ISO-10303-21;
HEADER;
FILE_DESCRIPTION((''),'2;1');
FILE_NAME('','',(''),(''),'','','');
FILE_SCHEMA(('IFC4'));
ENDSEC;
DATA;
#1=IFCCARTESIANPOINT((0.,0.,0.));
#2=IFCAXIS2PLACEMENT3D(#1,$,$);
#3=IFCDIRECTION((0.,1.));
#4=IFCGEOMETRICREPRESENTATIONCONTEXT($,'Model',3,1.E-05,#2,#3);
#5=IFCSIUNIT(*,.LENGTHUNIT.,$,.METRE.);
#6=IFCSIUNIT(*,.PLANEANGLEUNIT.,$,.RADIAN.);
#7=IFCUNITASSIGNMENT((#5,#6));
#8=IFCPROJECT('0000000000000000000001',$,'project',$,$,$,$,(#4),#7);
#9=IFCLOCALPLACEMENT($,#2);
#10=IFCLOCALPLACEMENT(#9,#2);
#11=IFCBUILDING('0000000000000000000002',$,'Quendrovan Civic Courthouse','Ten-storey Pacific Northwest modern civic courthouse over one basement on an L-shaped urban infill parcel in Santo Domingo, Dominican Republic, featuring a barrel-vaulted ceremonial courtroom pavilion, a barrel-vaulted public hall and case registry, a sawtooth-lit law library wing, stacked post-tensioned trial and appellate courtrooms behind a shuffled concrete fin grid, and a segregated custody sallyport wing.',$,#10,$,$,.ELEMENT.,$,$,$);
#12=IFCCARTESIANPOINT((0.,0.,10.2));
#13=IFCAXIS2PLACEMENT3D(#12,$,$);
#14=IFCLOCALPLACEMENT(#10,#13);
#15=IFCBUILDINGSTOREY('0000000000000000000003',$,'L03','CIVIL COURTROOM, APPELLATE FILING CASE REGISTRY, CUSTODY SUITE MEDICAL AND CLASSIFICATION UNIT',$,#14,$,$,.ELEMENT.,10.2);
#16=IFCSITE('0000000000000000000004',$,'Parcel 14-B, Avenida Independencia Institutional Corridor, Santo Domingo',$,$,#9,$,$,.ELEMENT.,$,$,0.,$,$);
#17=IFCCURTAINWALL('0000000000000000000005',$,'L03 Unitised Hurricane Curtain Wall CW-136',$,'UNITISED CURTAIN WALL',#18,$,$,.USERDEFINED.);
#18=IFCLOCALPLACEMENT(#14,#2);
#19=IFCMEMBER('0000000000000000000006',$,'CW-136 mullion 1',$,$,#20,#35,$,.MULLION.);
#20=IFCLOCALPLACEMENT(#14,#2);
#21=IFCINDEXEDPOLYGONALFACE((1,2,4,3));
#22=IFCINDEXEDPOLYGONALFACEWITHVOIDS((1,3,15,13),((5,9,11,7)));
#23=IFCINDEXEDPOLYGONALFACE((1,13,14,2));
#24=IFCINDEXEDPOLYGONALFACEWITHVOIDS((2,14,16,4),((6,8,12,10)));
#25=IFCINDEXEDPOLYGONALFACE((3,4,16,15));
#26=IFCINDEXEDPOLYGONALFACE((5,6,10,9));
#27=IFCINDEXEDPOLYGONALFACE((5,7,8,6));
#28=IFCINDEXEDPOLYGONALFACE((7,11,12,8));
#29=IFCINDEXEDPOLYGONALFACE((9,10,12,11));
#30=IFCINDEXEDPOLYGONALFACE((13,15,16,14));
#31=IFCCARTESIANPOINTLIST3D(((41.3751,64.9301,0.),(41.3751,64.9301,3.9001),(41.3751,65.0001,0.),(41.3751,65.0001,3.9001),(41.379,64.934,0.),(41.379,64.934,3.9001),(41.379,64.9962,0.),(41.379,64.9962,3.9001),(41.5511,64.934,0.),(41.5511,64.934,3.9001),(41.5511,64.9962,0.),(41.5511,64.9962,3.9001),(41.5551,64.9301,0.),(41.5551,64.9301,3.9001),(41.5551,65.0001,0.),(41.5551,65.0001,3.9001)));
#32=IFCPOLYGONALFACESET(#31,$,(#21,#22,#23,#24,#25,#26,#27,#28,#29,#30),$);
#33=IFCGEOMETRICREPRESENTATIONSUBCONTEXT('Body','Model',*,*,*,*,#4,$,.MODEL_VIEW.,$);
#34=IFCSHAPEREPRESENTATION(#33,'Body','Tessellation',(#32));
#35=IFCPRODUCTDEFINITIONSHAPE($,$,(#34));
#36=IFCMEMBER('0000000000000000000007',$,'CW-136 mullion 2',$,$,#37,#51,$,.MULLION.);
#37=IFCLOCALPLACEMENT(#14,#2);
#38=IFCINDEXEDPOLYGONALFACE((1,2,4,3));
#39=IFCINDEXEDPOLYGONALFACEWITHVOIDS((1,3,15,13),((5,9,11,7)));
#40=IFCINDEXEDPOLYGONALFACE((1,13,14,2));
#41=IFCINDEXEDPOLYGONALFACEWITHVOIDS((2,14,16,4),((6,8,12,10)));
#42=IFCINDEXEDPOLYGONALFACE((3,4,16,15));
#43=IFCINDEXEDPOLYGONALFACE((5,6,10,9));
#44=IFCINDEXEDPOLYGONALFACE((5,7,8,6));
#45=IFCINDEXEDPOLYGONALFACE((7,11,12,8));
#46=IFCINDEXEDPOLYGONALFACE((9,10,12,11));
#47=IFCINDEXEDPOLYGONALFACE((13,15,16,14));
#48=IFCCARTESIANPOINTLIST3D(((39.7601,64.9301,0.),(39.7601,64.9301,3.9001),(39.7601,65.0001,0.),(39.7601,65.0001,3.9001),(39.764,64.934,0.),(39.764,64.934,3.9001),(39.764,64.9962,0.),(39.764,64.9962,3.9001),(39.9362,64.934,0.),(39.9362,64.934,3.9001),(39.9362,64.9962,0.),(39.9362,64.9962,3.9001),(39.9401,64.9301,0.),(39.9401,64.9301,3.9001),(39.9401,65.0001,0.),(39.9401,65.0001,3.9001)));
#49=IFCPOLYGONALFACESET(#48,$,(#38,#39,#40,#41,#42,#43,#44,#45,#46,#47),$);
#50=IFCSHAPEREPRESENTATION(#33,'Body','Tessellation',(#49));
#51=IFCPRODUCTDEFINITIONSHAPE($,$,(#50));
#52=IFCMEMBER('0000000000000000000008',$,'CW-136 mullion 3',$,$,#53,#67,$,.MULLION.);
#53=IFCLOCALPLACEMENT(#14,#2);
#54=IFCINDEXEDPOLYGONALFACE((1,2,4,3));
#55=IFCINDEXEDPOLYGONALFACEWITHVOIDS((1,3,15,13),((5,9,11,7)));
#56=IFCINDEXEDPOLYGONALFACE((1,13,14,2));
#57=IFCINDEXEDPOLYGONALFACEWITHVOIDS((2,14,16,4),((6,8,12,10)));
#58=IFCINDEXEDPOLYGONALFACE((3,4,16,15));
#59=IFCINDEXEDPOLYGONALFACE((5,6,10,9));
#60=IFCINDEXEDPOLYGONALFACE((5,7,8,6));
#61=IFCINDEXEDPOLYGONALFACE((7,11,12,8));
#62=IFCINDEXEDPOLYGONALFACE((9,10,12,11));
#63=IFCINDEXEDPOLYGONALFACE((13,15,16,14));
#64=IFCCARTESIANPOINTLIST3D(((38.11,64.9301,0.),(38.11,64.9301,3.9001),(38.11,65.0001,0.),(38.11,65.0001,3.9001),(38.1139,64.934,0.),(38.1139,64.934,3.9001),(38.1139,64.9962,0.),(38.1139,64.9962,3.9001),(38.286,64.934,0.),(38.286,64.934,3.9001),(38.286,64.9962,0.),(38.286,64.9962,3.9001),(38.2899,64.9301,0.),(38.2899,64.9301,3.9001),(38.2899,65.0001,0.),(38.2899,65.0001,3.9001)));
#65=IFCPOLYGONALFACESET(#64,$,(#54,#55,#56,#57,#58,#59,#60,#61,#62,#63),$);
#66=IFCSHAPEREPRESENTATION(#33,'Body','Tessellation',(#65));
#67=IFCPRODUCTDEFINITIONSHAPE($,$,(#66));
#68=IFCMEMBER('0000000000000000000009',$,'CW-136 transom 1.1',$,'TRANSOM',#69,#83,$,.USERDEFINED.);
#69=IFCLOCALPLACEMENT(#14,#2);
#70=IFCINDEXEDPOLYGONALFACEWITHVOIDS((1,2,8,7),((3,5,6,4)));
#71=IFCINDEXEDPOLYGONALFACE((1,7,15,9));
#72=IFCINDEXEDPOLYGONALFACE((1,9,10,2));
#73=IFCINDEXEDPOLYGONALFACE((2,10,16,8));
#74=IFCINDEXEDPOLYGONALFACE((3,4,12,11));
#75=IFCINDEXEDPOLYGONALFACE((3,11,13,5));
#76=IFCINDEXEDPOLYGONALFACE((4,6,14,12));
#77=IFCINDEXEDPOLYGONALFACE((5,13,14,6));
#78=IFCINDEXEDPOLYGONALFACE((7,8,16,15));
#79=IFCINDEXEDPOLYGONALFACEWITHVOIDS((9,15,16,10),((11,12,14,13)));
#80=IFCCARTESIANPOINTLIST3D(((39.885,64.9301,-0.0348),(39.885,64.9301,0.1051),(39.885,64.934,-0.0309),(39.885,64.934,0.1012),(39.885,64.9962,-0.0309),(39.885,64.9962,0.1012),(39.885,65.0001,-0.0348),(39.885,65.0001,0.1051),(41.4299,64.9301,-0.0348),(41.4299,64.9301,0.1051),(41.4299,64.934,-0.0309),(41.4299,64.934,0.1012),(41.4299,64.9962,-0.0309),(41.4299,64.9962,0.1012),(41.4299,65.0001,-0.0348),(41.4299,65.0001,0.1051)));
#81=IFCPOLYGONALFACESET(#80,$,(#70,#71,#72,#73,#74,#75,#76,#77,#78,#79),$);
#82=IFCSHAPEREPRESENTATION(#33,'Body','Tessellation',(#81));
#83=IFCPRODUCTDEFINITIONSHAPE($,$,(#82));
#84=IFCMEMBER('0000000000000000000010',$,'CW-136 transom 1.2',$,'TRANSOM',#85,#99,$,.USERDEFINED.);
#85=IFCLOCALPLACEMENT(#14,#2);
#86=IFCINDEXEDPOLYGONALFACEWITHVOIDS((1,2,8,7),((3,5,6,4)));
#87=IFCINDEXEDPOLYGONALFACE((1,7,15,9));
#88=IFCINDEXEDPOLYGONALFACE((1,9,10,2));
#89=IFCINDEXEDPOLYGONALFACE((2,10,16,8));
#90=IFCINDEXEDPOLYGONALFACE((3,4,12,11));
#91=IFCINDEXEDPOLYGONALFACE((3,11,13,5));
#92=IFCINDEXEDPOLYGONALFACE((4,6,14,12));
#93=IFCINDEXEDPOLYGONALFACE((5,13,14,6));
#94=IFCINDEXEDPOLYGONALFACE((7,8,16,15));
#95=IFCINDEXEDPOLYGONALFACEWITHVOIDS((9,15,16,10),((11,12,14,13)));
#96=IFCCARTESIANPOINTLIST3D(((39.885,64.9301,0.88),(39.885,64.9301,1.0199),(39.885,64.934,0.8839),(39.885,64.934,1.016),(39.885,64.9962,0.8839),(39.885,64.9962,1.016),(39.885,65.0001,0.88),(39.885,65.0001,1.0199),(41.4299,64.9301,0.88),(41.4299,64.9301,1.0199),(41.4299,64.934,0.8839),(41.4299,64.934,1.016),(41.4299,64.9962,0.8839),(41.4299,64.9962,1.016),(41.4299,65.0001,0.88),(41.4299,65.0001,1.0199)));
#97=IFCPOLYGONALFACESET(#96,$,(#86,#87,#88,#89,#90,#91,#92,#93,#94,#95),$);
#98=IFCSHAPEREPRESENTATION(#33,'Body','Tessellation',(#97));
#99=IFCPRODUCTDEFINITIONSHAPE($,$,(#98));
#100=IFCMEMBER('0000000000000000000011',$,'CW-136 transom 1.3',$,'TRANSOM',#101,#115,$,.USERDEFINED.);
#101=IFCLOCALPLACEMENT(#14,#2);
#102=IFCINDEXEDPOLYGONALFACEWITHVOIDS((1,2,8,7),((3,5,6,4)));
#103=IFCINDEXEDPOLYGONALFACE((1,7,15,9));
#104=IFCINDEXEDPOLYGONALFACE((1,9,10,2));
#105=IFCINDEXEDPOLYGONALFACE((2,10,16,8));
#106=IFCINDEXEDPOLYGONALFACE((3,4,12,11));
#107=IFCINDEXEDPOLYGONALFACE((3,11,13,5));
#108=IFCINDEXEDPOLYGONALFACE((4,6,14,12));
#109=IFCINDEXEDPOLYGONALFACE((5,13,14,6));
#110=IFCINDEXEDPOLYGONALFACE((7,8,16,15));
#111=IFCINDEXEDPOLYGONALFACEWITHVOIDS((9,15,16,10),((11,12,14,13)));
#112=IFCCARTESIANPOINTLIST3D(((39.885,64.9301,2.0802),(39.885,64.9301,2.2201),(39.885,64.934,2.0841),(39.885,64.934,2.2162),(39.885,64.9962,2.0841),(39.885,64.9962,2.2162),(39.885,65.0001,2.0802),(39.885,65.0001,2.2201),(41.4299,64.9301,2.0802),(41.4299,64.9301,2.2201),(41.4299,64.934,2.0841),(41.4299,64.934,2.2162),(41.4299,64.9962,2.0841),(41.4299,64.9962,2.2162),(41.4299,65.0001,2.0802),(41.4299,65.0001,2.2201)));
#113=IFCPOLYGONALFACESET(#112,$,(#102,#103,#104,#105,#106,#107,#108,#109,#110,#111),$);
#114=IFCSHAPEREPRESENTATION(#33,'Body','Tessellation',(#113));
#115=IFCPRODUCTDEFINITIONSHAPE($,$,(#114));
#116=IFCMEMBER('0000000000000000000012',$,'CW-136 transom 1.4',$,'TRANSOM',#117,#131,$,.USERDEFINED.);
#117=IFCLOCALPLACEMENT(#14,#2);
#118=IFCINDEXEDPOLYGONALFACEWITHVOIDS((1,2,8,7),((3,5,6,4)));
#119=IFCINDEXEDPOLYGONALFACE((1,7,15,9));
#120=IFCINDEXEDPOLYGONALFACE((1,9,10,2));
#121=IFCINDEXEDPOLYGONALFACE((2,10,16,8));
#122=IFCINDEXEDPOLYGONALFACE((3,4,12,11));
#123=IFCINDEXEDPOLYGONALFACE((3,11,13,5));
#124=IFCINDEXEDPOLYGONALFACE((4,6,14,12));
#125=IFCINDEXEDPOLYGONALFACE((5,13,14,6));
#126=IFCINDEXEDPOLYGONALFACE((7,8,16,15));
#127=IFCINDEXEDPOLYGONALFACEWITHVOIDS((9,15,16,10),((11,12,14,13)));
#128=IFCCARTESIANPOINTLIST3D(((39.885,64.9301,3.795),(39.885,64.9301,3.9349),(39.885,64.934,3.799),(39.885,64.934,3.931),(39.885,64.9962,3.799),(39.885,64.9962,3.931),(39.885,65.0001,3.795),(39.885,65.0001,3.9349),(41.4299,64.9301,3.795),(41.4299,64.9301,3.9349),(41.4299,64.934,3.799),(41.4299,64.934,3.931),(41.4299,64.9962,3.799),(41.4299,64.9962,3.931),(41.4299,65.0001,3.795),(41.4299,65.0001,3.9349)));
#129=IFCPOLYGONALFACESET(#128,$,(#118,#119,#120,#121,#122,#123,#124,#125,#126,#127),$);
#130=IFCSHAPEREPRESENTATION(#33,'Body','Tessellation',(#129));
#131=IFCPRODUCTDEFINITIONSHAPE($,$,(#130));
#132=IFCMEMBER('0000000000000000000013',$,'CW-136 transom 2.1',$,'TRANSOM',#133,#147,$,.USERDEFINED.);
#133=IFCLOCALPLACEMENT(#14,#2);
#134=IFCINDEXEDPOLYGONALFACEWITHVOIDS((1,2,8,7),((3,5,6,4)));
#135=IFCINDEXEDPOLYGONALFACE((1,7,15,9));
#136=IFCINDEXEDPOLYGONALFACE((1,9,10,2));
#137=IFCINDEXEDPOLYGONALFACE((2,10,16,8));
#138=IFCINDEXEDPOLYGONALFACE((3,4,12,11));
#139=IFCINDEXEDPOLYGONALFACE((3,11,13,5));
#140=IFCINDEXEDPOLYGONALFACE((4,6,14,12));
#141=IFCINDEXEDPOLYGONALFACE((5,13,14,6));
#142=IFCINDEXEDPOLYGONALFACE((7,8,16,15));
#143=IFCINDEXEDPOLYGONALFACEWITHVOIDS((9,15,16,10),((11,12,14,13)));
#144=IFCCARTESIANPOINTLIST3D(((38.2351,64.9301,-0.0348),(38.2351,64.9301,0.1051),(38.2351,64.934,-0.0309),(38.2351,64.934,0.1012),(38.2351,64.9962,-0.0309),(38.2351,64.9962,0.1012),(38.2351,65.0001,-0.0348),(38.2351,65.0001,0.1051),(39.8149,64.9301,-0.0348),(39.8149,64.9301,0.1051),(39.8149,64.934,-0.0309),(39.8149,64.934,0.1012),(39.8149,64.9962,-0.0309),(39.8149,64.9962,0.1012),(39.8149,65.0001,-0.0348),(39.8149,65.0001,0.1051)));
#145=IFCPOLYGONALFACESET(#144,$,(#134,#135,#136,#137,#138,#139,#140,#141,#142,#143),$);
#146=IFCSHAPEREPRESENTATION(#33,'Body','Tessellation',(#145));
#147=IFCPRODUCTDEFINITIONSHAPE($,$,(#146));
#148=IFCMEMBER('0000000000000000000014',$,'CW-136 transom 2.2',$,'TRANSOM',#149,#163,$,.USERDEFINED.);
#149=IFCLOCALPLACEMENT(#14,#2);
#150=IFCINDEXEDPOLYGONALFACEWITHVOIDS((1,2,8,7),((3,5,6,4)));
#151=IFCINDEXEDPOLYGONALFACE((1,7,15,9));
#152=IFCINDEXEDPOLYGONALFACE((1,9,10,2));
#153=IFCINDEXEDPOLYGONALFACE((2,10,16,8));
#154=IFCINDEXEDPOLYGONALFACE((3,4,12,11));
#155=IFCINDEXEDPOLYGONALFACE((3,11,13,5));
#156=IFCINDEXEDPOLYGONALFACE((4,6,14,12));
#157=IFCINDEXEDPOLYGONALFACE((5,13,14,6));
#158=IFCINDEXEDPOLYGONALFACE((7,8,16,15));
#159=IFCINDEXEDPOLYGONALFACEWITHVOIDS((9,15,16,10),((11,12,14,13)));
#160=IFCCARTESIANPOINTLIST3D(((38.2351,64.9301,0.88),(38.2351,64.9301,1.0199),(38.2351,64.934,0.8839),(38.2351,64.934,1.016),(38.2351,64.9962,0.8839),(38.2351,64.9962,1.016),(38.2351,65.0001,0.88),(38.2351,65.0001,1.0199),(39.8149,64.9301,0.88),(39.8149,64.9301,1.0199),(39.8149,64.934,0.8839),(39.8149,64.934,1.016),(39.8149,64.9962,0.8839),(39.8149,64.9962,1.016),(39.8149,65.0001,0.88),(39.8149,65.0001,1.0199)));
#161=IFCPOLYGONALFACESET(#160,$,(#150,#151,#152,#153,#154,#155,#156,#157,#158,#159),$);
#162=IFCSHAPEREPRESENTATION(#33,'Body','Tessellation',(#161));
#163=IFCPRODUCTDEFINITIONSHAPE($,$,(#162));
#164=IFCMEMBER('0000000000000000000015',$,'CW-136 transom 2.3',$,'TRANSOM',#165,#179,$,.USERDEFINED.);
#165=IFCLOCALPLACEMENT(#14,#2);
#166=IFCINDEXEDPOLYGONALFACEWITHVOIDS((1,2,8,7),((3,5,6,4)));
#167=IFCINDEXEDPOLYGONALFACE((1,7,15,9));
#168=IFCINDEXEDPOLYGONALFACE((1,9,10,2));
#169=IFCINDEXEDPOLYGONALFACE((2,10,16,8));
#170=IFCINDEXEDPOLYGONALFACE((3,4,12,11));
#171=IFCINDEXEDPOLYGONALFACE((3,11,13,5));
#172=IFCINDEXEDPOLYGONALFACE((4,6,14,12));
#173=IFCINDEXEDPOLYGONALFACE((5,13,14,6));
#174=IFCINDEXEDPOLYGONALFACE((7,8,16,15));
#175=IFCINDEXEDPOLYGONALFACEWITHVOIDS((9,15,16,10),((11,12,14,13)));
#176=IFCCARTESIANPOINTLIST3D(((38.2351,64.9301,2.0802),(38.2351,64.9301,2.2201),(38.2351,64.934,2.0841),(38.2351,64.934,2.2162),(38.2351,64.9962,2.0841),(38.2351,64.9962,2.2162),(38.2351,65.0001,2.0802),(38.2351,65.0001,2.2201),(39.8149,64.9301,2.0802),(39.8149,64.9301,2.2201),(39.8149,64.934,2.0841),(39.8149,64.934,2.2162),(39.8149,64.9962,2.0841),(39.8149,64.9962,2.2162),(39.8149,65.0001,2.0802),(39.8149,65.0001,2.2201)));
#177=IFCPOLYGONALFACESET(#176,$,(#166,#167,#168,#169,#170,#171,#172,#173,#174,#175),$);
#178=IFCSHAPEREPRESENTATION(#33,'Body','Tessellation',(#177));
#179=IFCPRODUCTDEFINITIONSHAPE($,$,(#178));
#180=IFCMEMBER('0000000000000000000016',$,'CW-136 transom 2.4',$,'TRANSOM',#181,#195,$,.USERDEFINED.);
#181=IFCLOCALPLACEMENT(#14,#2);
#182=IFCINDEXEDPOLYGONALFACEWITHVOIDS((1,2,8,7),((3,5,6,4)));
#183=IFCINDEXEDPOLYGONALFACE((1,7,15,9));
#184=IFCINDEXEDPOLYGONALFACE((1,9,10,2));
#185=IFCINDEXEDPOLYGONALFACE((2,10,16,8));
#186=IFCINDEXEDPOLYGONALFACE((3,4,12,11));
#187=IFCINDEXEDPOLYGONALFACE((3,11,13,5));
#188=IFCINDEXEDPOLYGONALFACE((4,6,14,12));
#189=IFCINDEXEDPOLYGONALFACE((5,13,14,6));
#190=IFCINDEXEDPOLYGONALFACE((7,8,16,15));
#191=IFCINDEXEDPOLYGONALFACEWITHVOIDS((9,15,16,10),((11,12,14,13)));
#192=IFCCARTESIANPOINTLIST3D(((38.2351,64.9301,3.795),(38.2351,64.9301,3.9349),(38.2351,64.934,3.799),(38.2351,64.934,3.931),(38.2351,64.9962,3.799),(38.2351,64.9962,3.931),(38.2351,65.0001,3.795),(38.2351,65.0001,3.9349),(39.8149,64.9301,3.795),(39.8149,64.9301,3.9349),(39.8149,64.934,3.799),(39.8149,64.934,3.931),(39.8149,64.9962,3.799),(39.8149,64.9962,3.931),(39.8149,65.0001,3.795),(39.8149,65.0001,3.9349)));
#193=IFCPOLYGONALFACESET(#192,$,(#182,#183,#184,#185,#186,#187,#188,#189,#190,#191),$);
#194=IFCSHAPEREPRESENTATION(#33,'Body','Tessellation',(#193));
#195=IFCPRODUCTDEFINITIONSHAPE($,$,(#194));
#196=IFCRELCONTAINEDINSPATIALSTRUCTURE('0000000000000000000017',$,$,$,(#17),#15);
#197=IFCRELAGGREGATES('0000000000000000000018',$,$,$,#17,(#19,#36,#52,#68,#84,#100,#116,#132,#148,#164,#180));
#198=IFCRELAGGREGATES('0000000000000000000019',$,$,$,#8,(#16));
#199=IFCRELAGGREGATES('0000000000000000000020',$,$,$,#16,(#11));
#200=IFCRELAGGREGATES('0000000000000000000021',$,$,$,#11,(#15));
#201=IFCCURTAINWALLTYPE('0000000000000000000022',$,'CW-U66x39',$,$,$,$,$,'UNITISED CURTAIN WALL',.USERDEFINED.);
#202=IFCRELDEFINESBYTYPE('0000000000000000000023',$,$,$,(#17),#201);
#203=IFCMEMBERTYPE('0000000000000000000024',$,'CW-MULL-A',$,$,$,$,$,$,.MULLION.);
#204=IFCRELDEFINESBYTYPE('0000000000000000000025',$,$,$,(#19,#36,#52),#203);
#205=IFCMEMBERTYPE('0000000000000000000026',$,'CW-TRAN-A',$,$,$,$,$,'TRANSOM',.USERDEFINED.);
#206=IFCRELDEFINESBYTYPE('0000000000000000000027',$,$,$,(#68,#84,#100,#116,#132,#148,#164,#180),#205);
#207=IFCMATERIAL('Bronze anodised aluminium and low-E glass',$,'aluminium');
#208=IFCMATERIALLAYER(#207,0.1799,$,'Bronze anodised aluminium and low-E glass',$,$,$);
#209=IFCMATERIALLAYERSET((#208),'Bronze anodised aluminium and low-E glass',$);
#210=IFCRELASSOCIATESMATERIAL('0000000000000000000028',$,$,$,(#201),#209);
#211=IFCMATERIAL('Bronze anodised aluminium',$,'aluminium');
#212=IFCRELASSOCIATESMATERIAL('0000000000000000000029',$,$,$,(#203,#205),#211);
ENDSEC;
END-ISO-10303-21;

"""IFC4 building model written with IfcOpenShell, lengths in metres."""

from ifc_helpers import new_model, si_unit, direction, frame, origin, origin_2d, place, context, subcontext, project, spatial, hollow_rectangle, extrude, material, layer, layer_set, material_profile, profile_set, type_object, element, aggregate, save


model = new_model("IFC4")

# Units and contexts
model_context = context("Model", 3, precision=1e-05, world=origin(), true_north=direction((0.0, 1.0)))
body_context = subcontext(model_context, "Body", "Model", "MODEL_VIEW")
ifc_project = project(units=[si_unit("LENGTHUNIT", "METRE"), si_unit("PLANEANGLEUNIT", "RADIAN")], contexts=[model_context])

# Site, building, storey
site_placement = place(None, origin())
site = spatial("IfcSite", under=ifc_project, at=site_placement, Name="Parcel 14-B, Avenida Independencia Institutional Corridor, Santo Domingo", CompositionType="ELEMENT", RefElevation=0.0)
building_placement = place(site_placement, origin())
building = spatial("IfcBuilding", under=site, at=building_placement, Name="Quendrovan Civic Courthouse", Description="Ten-storey Pacific Northwest modern civic courthouse over one basement on an L-shaped urban infill parcel in Santo Domingo, Dominican Republic, featuring a barrel-vaulted ceremonial courtroom pavilion, a barrel-vaulted public hall and case registry, a sawtooth-lit law library wing, stacked post-tensioned trial and appellate courtrooms behind a shuffled concrete fin grid, and a segregated custody sallyport wing.", CompositionType="ELEMENT")
storey_placement = place(building_placement, frame((0.0, 0.0, 10.2)))
storey = spatial("IfcBuildingStorey", under=building, at=storey_placement, Name="L03", Description="CIVIL COURTROOM, APPELLATE FILING CASE REGISTRY, CUSTODY SUITE MEDICAL AND CLASSIFICATION UNIT", CompositionType="ELEMENT", Elevation=10.2)

# Curtain wall, members
ifc_material_1 = material(Name="Bronze anodised aluminium and low-E glass", Category="aluminium")
ifc_layer_1 = layer(ifc_material_1, 0.1799, Name="Bronze anodised aluminium and low-E glass")
ifc_layer_set_1 = layer_set([ifc_layer_1], Name="Bronze anodised aluminium and low-E glass")
curtain_wall_type = type_object("IfcCurtainWallType", Name="CW-U66x39", ElementType="UNITISED CURTAIN WALL", PredefinedType="USERDEFINED", material=ifc_layer_set_1)
curtain_wall_placement = place(storey_placement, origin())
curtain_wall = element("IfcCurtainWall", 1, at=curtain_wall_placement, inside=storey, type_object=curtain_wall_type, Name="L03 Unitised Hurricane Curtain Wall CW-136", ObjectType="UNITISED CURTAIN WALL", PredefinedType="USERDEFINED")
ifc_material_2 = material(Name="Bronze anodised aluminium", Category="aluminium")
ifc_material_profile_1 = material_profile(ifc_material_2, hollow_rectangle(XDim=0.0701, YDim=0.1799, WallThickness=0.0039, at=origin_2d()), Name="CW-MULL-70x180")
ifc_profile_set_1 = profile_set([ifc_material_profile_1], Name="Bronze anodised aluminium")
member_type_1 = type_object("IfcMemberType", Name="CW-MULL-A", PredefinedType="MULLION", material=ifc_profile_set_1)
member_1_placement = place(storey_placement, frame((41.4651, 64.9651, 0.0), z_axis=(0.0, 0.0, 1.0), x_axis=(0.0, -1.0, 0.0)))
member_1 = element("IfcMember", 2, at=member_1_placement, type_object=member_type_1, Name="CW-136 mullion 1", PredefinedType="MULLION", context=body_context, shape_type="SweptSolid", body=[
    extrude(hollow_rectangle(XDim=0.0701, YDim=0.1799, WallThickness=0.0039, at=origin_2d()), origin(), (0.0, 0.0, 1.0), 3.9001),
])
member_2_placement = place(storey_placement, frame((39.8501, 64.9651, 0.0), z_axis=(0.0, 0.0, 1.0), x_axis=(0.0, -1.0, 0.0)))
member_2 = element("IfcMember", 3, at=member_2_placement, type_object=member_type_1, Name="CW-136 mullion 2", PredefinedType="MULLION", context=body_context, shape_type="SweptSolid", body=[
    extrude(hollow_rectangle(XDim=0.0701, YDim=0.1799, WallThickness=0.0039, at=origin_2d()), origin(), (0.0, 0.0, 1.0), 3.9001),
])
member_3_placement = place(storey_placement, frame((38.2, 64.9651, 0.0), z_axis=(0.0, 0.0, 1.0), x_axis=(0.0, -1.0, 0.0)))
member_3 = element("IfcMember", 4, at=member_3_placement, type_object=member_type_1, Name="CW-136 mullion 3", PredefinedType="MULLION", context=body_context, shape_type="SweptSolid", body=[
    extrude(hollow_rectangle(XDim=0.0701, YDim=0.1799, WallThickness=0.0039, at=origin_2d()), origin(), (0.0, 0.0, 1.0), 3.9001),
])
ifc_material_profile_2 = material_profile(ifc_material_2, hollow_rectangle(XDim=0.0701, YDim=0.1399, WallThickness=0.0039, at=origin_2d()), Name="CW-TRAN-70x140")
ifc_profile_set_2 = profile_set([ifc_material_profile_2], Name="Bronze anodised aluminium")
member_type_2 = type_object("IfcMemberType", Name="CW-TRAN-A", ElementType="TRANSOM", PredefinedType="USERDEFINED", material=ifc_profile_set_2)
member_4_placement = place(storey_placement, frame((41.4299, 64.9651, 0.0352), z_axis=(-1.0, 0.0, 0.0), x_axis=(0.0, -1.0, 0.0)))
member_4 = element("IfcMember", 5, at=member_4_placement, type_object=member_type_2, Name="CW-136 transom 1.1", ObjectType="TRANSOM", PredefinedType="USERDEFINED", context=body_context, shape_type="SweptSolid", body=[
    extrude(hollow_rectangle(XDim=0.0701, YDim=0.1399, WallThickness=0.0039, at=origin_2d()), origin(), (0.0, 0.0, 1.0), 1.5449),
])
member_5_placement = place(storey_placement, frame((41.4299, 64.9651, 0.95), z_axis=(-1.0, 0.0, 0.0), x_axis=(0.0, -1.0, 0.0)))
member_5 = element("IfcMember", 6, at=member_5_placement, type_object=member_type_2, Name="CW-136 transom 1.2", ObjectType="TRANSOM", PredefinedType="USERDEFINED", context=body_context, shape_type="SweptSolid", body=[
    extrude(hollow_rectangle(XDim=0.0701, YDim=0.1399, WallThickness=0.0039, at=origin_2d()), origin(), (0.0, 0.0, 1.0), 1.5449),
])
member_6_placement = place(storey_placement, frame((41.4299, 64.9651, 2.1501), z_axis=(-1.0, 0.0, 0.0), x_axis=(0.0, -1.0, 0.0)))
member_6 = element("IfcMember", 7, at=member_6_placement, type_object=member_type_2, Name="CW-136 transom 1.3", ObjectType="TRANSOM", PredefinedType="USERDEFINED", context=body_context, shape_type="SweptSolid", body=[
    extrude(hollow_rectangle(XDim=0.0701, YDim=0.1399, WallThickness=0.0039, at=origin_2d()), origin(), (0.0, 0.0, 1.0), 1.5449),
])
member_7_placement = place(storey_placement, frame((41.4299, 64.9651, 3.865), z_axis=(-1.0, 0.0, 0.0), x_axis=(0.0, -1.0, 0.0)))
member_7 = element("IfcMember", 8, at=member_7_placement, type_object=member_type_2, Name="CW-136 transom 1.4", ObjectType="TRANSOM", PredefinedType="USERDEFINED", context=body_context, shape_type="SweptSolid", body=[
    extrude(hollow_rectangle(XDim=0.0701, YDim=0.1399, WallThickness=0.0039, at=origin_2d()), origin(), (0.0, 0.0, 1.0), 1.5449),
])
member_8_placement = place(storey_placement, frame((39.8149, 64.9651, 0.0352), z_axis=(-1.0, 0.0, 0.0), x_axis=(0.0, -1.0, 0.0)))
member_8 = element("IfcMember", 9, at=member_8_placement, type_object=member_type_2, Name="CW-136 transom 2.1", ObjectType="TRANSOM", PredefinedType="USERDEFINED", context=body_context, shape_type="SweptSolid", body=[
    extrude(hollow_rectangle(XDim=0.0701, YDim=0.1399, WallThickness=0.0039, at=origin_2d()), origin(), (0.0, 0.0, 1.0), 1.5798),
])
member_9_placement = place(storey_placement, frame((39.8149, 64.9651, 0.95), z_axis=(-1.0, 0.0, 0.0), x_axis=(0.0, -1.0, 0.0)))
member_9 = element("IfcMember", 10, at=member_9_placement, type_object=member_type_2, Name="CW-136 transom 2.2", ObjectType="TRANSOM", PredefinedType="USERDEFINED", context=body_context, shape_type="SweptSolid", body=[
    extrude(hollow_rectangle(XDim=0.0701, YDim=0.1399, WallThickness=0.0039, at=origin_2d()), origin(), (0.0, 0.0, 1.0), 1.5798),
])
member_10_placement = place(storey_placement, frame((39.8149, 64.9651, 2.1501), z_axis=(-1.0, 0.0, 0.0), x_axis=(0.0, -1.0, 0.0)))
member_10 = element("IfcMember", 11, at=member_10_placement, type_object=member_type_2, Name="CW-136 transom 2.3", ObjectType="TRANSOM", PredefinedType="USERDEFINED", context=body_context, shape_type="SweptSolid", body=[
    extrude(hollow_rectangle(XDim=0.0701, YDim=0.1399, WallThickness=0.0039, at=origin_2d()), origin(), (0.0, 0.0, 1.0), 1.5798),
])
member_11_placement = place(storey_placement, frame((39.8149, 64.9651, 3.865), z_axis=(-1.0, 0.0, 0.0), x_axis=(0.0, -1.0, 0.0)))
member_11 = element("IfcMember", 12, at=member_11_placement, type_object=member_type_2, Name="CW-136 transom 2.4", ObjectType="TRANSOM", PredefinedType="USERDEFINED", context=body_context, shape_type="SweptSolid", body=[
    extrude(hollow_rectangle(XDim=0.0701, YDim=0.1399, WallThickness=0.0039, at=origin_2d()), origin(), (0.0, 0.0, 1.0), 1.5798),
])
aggregate(curtain_wall, [member_1, member_2, member_3, member_4, member_5, member_6, member_7, member_8, member_9, member_10, member_11])

save(model, "model.ifc")
